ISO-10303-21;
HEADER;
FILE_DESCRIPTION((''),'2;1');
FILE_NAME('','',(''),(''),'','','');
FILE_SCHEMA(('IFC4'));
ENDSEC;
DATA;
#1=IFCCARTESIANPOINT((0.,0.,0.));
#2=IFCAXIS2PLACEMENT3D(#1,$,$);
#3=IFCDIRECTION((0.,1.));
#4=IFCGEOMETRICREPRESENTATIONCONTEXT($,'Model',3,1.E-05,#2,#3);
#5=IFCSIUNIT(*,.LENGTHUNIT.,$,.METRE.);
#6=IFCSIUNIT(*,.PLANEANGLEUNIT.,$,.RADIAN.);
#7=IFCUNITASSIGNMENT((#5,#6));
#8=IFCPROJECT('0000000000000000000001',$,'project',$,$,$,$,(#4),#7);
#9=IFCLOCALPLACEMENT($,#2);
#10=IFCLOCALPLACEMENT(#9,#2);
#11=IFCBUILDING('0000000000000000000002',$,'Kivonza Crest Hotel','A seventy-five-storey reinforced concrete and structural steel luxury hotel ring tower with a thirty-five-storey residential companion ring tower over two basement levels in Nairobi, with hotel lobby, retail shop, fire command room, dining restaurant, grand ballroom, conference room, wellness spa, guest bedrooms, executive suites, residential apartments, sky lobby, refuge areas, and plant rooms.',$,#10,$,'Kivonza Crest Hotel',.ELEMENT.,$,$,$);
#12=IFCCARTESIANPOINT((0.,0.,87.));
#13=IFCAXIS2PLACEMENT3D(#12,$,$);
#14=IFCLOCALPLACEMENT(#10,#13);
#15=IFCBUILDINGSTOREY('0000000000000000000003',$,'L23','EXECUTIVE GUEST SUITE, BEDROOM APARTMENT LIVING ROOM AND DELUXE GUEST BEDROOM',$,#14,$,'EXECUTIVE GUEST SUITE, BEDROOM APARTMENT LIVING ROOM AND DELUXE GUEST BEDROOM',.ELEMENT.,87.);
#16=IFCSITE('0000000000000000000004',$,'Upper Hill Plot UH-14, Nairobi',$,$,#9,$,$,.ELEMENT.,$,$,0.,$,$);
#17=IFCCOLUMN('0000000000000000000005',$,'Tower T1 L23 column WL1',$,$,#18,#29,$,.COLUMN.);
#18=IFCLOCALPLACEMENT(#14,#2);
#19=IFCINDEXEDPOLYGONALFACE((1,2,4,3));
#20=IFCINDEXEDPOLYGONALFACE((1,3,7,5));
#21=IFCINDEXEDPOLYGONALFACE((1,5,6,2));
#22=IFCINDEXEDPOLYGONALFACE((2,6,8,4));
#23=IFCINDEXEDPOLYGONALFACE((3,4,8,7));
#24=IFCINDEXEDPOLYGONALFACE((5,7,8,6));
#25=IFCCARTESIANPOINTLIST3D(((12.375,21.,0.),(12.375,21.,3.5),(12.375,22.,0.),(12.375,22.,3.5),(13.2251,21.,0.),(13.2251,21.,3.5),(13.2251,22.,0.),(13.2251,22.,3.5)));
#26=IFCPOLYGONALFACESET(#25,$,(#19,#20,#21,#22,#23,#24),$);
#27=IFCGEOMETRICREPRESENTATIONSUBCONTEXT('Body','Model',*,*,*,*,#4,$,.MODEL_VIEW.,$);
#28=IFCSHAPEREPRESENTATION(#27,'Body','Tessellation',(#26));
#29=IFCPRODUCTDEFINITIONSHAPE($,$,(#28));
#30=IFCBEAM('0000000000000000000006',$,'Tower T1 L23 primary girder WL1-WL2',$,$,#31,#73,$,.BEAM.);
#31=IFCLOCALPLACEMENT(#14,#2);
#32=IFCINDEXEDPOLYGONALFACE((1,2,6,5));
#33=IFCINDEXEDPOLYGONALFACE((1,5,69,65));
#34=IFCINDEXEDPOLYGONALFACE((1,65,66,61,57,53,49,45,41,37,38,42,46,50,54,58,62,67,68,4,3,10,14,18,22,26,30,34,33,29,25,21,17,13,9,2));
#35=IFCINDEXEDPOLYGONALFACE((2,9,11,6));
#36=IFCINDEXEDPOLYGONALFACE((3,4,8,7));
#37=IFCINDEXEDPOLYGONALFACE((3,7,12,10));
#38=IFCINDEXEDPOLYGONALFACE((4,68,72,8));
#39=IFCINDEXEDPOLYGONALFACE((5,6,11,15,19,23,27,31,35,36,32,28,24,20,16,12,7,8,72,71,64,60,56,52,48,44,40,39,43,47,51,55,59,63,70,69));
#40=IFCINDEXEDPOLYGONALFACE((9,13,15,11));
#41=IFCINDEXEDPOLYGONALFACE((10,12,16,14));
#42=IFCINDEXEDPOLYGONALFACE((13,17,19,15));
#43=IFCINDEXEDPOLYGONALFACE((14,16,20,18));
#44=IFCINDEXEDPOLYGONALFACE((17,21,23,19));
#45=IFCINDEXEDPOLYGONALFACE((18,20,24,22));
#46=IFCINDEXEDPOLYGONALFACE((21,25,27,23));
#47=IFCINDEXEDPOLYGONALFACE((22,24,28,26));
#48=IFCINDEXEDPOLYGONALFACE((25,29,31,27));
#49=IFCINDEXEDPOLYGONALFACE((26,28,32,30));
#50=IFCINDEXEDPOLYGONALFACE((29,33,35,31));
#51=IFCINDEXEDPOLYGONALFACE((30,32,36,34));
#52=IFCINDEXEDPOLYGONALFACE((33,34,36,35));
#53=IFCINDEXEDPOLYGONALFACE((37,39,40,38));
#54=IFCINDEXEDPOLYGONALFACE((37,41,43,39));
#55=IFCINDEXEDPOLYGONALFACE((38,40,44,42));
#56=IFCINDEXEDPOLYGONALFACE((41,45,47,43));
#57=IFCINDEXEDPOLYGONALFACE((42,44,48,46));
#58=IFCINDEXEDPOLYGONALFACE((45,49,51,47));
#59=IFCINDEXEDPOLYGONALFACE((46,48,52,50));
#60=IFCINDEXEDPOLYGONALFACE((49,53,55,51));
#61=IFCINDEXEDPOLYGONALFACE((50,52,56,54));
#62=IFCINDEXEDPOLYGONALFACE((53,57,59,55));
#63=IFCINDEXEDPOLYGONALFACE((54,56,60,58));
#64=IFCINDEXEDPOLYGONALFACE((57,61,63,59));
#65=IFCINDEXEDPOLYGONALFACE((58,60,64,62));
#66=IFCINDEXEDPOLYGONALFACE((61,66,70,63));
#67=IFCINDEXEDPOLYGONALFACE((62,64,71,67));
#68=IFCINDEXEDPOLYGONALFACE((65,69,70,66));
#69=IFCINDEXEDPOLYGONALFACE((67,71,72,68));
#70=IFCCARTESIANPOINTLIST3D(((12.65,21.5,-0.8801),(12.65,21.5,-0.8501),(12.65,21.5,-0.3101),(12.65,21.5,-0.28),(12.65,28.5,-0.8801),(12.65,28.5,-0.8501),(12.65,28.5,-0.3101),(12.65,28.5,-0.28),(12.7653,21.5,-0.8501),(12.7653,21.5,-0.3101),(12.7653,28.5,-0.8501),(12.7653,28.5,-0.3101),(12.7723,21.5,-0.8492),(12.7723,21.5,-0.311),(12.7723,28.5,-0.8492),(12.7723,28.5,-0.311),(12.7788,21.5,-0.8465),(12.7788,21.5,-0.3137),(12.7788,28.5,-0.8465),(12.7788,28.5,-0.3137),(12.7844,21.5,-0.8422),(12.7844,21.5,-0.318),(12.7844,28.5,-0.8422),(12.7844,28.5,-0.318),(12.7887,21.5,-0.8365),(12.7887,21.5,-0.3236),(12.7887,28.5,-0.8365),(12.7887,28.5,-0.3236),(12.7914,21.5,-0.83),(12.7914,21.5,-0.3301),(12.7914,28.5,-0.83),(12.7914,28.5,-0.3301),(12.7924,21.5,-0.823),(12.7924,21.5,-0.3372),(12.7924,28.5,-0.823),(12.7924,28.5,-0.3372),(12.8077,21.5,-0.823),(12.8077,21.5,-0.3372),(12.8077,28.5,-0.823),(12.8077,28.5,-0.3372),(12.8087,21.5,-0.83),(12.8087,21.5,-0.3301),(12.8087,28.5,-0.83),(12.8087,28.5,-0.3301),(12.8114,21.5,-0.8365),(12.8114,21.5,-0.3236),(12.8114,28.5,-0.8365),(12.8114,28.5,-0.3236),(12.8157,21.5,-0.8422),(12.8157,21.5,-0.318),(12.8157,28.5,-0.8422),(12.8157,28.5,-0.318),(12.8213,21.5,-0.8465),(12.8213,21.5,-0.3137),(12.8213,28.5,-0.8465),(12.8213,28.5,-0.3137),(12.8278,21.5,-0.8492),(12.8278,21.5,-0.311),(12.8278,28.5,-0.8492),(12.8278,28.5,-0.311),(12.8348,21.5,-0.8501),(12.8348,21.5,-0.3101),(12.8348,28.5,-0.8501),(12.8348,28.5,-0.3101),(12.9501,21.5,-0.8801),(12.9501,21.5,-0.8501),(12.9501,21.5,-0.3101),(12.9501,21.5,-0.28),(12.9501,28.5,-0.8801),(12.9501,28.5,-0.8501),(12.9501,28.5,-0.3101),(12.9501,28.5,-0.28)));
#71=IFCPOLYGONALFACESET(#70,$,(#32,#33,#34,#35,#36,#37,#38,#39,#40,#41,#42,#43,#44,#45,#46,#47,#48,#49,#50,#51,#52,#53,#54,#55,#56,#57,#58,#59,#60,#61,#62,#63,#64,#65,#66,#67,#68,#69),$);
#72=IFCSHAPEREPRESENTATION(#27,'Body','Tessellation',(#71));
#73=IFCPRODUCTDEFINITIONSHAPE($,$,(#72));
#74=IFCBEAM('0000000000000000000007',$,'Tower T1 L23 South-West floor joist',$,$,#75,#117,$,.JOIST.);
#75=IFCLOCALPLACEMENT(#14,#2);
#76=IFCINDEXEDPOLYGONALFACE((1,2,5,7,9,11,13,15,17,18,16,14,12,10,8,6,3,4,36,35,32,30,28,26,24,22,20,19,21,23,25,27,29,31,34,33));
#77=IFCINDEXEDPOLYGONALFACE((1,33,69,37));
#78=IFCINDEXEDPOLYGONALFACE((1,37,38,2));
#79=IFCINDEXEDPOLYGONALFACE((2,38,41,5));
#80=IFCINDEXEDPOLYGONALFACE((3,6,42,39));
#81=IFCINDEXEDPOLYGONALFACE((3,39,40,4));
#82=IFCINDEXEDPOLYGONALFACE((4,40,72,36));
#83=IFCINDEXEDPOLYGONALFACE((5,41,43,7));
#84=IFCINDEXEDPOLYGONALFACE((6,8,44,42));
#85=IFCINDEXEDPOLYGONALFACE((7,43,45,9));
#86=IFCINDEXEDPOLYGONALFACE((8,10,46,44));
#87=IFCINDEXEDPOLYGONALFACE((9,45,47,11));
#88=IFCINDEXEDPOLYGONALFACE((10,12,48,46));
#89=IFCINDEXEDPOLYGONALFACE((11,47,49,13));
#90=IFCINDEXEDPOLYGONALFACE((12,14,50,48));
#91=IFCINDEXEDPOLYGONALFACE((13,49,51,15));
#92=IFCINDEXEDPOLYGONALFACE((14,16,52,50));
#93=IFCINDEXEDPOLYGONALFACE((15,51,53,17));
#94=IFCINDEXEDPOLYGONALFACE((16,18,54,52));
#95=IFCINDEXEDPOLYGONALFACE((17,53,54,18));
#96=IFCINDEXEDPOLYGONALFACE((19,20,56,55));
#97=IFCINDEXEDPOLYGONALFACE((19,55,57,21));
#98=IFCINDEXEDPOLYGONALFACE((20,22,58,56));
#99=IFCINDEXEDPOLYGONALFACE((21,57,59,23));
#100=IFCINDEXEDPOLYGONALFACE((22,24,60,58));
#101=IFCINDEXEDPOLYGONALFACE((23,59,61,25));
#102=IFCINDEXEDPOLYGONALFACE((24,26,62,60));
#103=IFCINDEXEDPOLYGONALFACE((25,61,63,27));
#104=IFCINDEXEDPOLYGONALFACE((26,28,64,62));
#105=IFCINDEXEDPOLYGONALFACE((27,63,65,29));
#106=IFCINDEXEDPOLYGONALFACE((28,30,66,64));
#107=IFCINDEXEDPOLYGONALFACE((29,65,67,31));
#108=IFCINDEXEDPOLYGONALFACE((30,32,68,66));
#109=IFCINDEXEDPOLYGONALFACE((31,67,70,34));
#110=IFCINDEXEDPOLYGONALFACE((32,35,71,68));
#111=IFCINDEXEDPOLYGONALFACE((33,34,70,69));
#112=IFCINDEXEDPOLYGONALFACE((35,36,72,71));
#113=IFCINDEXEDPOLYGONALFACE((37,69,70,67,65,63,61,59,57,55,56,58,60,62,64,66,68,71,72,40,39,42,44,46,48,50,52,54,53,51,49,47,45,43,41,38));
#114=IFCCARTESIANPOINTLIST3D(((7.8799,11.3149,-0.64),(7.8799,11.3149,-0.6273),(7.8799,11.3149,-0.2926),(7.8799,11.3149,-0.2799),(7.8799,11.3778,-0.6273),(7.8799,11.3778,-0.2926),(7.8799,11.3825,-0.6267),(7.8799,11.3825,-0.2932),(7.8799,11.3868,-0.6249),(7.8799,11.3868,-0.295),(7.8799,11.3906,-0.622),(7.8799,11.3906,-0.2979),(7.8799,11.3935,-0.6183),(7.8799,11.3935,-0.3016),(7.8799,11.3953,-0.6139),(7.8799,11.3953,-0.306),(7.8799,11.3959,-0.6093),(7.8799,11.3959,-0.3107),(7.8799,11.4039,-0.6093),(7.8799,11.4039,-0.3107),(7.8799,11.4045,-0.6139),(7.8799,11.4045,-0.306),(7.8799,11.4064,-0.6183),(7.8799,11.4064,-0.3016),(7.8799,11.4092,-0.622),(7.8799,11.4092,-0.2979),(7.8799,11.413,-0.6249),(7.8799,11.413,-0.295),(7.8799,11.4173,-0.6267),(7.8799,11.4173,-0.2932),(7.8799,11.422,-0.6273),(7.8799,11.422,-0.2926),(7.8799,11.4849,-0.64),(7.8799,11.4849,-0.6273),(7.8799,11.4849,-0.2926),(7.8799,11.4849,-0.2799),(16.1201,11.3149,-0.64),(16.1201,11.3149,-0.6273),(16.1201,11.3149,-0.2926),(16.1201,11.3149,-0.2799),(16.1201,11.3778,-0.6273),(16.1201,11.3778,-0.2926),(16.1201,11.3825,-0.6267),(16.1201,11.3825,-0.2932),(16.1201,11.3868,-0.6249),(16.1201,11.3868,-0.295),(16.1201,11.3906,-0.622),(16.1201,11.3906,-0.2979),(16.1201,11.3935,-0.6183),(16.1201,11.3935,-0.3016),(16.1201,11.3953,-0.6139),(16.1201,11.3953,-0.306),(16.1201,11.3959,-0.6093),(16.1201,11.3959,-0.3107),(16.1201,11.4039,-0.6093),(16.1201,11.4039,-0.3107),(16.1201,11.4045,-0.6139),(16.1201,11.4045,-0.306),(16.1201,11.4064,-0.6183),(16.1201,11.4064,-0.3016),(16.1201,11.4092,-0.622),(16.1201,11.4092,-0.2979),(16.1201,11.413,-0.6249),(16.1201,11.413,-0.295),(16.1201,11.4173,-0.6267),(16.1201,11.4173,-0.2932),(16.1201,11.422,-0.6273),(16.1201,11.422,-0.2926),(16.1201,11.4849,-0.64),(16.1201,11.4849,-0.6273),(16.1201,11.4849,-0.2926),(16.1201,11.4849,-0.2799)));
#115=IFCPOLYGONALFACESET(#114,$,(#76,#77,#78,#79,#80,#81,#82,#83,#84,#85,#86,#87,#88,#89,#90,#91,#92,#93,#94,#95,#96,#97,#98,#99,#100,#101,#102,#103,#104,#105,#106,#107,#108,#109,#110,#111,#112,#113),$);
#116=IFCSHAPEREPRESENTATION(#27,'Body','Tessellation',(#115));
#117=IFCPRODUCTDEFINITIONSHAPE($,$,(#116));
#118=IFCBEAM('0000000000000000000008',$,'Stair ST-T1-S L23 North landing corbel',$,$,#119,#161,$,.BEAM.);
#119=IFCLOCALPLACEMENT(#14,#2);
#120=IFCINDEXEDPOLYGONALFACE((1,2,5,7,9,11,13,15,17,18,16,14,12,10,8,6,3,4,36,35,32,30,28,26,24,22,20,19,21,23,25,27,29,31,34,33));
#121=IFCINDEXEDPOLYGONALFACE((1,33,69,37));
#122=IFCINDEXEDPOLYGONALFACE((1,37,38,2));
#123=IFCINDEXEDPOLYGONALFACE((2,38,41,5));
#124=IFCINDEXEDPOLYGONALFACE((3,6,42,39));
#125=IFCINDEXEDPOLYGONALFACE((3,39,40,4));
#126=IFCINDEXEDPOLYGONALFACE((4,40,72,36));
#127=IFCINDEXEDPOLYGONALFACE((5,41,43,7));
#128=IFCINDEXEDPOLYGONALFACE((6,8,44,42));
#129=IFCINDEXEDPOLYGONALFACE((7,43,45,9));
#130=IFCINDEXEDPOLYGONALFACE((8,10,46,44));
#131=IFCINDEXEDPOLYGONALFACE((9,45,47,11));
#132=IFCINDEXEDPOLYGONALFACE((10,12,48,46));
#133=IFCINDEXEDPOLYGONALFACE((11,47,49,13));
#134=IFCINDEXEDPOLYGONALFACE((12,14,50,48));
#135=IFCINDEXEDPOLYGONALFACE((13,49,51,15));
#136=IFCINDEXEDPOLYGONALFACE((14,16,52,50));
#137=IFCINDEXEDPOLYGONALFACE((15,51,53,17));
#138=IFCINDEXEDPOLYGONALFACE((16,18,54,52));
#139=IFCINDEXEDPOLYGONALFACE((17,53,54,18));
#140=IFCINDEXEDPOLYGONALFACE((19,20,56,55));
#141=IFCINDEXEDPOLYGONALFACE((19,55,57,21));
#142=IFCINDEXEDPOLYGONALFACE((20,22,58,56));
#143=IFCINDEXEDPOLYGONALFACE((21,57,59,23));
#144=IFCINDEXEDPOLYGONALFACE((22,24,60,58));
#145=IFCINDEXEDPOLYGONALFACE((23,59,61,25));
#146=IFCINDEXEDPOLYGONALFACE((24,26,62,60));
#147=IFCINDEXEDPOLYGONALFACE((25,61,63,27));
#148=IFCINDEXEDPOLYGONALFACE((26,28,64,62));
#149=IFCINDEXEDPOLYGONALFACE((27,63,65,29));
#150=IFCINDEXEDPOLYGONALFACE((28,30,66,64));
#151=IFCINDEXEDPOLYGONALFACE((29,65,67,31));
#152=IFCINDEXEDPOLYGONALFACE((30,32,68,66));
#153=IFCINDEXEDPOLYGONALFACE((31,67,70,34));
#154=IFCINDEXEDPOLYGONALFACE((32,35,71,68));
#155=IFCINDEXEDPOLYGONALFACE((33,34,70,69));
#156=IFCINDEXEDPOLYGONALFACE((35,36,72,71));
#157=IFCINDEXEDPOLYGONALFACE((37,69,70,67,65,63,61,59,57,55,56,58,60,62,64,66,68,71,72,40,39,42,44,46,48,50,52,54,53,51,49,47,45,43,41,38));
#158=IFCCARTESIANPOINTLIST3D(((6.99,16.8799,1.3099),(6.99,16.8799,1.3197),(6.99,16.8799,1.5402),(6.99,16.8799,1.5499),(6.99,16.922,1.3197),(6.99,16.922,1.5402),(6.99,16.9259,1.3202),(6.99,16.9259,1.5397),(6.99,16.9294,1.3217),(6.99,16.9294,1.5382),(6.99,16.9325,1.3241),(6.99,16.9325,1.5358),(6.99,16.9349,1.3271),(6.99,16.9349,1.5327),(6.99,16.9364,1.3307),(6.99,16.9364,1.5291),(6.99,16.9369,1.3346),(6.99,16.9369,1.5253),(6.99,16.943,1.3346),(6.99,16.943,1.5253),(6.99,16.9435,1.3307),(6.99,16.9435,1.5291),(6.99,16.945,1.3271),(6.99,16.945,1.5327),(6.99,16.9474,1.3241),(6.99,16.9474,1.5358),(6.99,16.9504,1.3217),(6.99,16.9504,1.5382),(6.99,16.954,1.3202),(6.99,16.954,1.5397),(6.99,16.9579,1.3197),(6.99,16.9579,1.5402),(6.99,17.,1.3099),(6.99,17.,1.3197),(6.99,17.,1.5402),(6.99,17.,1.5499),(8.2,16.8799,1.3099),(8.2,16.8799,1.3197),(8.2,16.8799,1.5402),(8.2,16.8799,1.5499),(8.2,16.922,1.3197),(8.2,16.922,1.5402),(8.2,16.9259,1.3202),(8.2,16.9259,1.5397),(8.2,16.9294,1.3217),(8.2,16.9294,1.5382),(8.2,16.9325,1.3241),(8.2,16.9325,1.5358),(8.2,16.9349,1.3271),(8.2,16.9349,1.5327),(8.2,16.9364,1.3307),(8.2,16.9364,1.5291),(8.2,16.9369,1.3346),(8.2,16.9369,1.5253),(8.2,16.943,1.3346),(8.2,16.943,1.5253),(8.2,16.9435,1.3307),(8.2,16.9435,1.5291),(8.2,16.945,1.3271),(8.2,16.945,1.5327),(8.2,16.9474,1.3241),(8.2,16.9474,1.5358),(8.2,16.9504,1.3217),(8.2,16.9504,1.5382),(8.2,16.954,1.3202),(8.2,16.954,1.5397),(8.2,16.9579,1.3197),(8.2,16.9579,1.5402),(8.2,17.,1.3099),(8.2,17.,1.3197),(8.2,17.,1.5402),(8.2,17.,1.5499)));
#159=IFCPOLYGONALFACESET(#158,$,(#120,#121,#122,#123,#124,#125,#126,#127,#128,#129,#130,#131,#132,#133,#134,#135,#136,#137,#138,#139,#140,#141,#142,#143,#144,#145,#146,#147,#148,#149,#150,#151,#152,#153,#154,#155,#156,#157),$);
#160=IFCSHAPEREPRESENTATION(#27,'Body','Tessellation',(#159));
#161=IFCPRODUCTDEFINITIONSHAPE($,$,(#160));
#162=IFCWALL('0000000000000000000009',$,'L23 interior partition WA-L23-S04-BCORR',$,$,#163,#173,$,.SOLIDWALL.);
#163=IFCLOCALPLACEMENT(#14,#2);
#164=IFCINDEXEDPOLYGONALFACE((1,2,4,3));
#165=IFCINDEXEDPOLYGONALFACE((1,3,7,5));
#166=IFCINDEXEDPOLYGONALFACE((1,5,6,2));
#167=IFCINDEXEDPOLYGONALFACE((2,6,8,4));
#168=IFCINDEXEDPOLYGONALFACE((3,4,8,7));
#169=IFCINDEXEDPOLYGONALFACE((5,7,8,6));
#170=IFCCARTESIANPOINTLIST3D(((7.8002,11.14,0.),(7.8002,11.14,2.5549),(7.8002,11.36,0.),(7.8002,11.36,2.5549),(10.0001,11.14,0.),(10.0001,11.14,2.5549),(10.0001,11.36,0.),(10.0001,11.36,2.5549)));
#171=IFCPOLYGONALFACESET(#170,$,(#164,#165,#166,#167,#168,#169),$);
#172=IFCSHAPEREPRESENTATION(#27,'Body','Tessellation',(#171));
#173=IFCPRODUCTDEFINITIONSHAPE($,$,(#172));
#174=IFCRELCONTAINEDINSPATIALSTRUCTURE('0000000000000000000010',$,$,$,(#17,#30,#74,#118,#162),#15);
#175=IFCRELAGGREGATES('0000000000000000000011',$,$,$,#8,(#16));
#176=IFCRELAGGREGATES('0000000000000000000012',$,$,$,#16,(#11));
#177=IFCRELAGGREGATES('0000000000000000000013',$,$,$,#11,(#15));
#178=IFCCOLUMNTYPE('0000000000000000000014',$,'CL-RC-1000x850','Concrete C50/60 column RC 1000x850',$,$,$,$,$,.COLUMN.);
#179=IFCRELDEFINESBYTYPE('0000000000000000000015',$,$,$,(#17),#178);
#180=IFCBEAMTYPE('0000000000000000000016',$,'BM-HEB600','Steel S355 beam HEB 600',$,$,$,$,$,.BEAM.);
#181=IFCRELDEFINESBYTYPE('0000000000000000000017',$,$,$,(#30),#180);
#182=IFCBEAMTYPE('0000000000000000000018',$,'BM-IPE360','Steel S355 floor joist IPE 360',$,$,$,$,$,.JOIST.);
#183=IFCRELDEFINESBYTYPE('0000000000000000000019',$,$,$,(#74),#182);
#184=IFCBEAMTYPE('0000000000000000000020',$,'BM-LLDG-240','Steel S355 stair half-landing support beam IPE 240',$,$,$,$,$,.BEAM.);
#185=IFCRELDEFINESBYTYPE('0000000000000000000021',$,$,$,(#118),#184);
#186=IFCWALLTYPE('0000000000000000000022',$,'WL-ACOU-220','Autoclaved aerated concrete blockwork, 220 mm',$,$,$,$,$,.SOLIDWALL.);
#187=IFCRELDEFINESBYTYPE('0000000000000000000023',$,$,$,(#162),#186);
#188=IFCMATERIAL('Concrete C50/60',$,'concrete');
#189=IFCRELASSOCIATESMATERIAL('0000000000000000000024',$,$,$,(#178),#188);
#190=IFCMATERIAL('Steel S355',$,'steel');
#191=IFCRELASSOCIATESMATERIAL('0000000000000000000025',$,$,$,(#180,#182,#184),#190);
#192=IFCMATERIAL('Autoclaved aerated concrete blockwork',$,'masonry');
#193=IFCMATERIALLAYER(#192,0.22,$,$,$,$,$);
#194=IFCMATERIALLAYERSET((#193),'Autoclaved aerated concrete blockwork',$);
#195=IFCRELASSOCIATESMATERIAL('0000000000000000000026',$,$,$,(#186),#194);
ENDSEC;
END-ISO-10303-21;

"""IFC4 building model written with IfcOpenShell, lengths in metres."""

from ifc_helpers import new_model, si_unit, direction, frame, frame_2d, origin, origin_2d, place, context, subcontext, project, spatial, rectangle, i_section, extrude, material, layer, layer_set, material_profile, profile_set, type_object, element, save


model = new_model("IFC4")

# Units and contexts
model_context = context("Model", 3, precision=1e-05, world=origin(), true_north=direction((0.0, 1.0)))
body_context = subcontext(model_context, "Body", "Model", "MODEL_VIEW")
ifc_project = project(units=[si_unit("LENGTHUNIT", "METRE"), si_unit("PLANEANGLEUNIT", "RADIAN")], contexts=[model_context])

# Site, building, storey
site_placement = place(None, origin())
site = spatial("IfcSite", under=ifc_project, at=site_placement, Name="Upper Hill Plot UH-14, Nairobi", CompositionType="ELEMENT", RefElevation=0.0)
building_placement = place(site_placement, origin())
building = spatial("IfcBuilding", under=site, at=building_placement, Name="Kivonza Crest Hotel", Description="A seventy-five-storey reinforced concrete and structural steel luxury hotel ring tower with a thirty-five-storey residential companion ring tower over two basement levels in Nairobi, with hotel lobby, retail shop, fire command room, dining restaurant, grand ballroom, conference room, wellness spa, guest bedrooms, executive suites, residential apartments, sky lobby, refuge areas, and plant rooms.", LongName="Kivonza Crest Hotel", CompositionType="ELEMENT")
storey_placement = place(building_placement, frame((0.0, 0.0, 87.0)))
storey = spatial("IfcBuildingStorey", under=building, at=storey_placement, Name="L23", Description="EXECUTIVE GUEST SUITE, BEDROOM APARTMENT LIVING ROOM AND DELUXE GUEST BEDROOM", LongName="EXECUTIVE GUEST SUITE, BEDROOM APARTMENT LIVING ROOM AND DELUXE GUEST BEDROOM", CompositionType="ELEMENT", Elevation=87.0)

# Column
ifc_material_1 = material(Name="Concrete C50/60", Category="concrete")
ifc_material_profile_1 = material_profile(ifc_material_1, rectangle(XDim=0.8501, YDim=1.0, at=origin_2d()), Name="RC 1000x850")
ifc_profile_set_1 = profile_set([ifc_material_profile_1], Name="Concrete C50/60")
column_type = type_object("IfcColumnType", Name="CL-RC-1000x850", Description="Concrete C50/60 column RC 1000x850", PredefinedType="COLUMN", material=ifc_profile_set_1)
column_placement = place(storey_placement, frame((12.8, 21.5, 0.0), z_axis=(0.0, 0.0, 1.0), x_axis=(1.0, 0.0, 0.0)))
element("IfcColumn", 1, at=column_placement, inside=storey, type_object=column_type, Name="Tower T1 L23 column WL1", PredefinedType="COLUMN", context=body_context, shape_type="SweptSolid", body=[
    extrude(rectangle(XDim=0.8501, YDim=1.0, at=origin_2d()), origin(), (0.0, 0.0, 1.0), 3.5),
])

# Beams
ifc_material_2 = material(Name="Steel S355", Category="steel")
ifc_material_profile_2 = material_profile(ifc_material_2, i_section(OverallWidth=0.3, OverallDepth=0.6001, WebThickness=0.0154, FlangeThickness=0.03, FilletRadius=0.0271, at=origin_2d()), Name="HEB 600")
ifc_profile_set_2 = profile_set([ifc_material_profile_2], Name="Steel S355")
beam_type_1 = type_object("IfcBeamType", Name="BM-HEB600", Description="Steel S355 beam HEB 600", PredefinedType="BEAM", material=ifc_profile_set_2)
beam_1_placement = place(storey_placement, frame((12.8, 21.5, -0.5801), z_axis=(0.0, 1.0, 0.0), x_axis=(-1.0, 0.0, 0.0)))
element("IfcBeam", 2, at=beam_1_placement, inside=storey, type_object=beam_type_1, Name="Tower T1 L23 primary girder WL1-WL2", PredefinedType="BEAM", context=body_context, shape_type="SweptSolid", body=[
    extrude(i_section(OverallWidth=0.3, OverallDepth=0.6001, WebThickness=0.0154, FlangeThickness=0.03, FilletRadius=0.0271, at=origin_2d()), origin(), (0.0, 0.0, 1.0), 7.0),
])
ifc_material_profile_3 = material_profile(ifc_material_2, i_section(OverallWidth=0.1699, OverallDepth=0.3601, WebThickness=0.0081, FlangeThickness=0.0127, FilletRadius=0.0181, at=origin_2d()), Name="IPE 360")
ifc_profile_set_3 = profile_set([ifc_material_profile_3], Name="Steel S355")
beam_type_2 = type_object("IfcBeamType", Name="BM-IPE360", Description="Steel S355 floor joist IPE 360", PredefinedType="JOIST", material=ifc_profile_set_3)
beam_2_placement = place(storey_placement, frame((7.8799, 11.3999, -0.46), z_axis=(1.0, 0.0, 0.0), x_axis=(0.0, 1.0, 0.0)))
element("IfcBeam", 3, at=beam_2_placement, inside=storey, type_object=beam_type_2, Name="Tower T1 L23 South-West floor joist", PredefinedType="JOIST", context=body_context, shape_type="SweptSolid", body=[
    extrude(i_section(OverallWidth=0.1699, OverallDepth=0.3601, WebThickness=0.0081, FlangeThickness=0.0127, FilletRadius=0.0181, at=origin_2d()), origin(), (0.0, 0.0, 1.0), 8.2402),
])
ifc_material_profile_4 = material_profile(ifc_material_2, i_section(OverallWidth=0.1201, OverallDepth=0.24, WebThickness=0.0061, FlangeThickness=0.0098, FilletRadius=0.0149, at=origin_2d()), Name="IPE 240")
ifc_profile_set_4 = profile_set([ifc_material_profile_4], Name="Steel S355")
beam_type_3 = type_object("IfcBeamType", Name="BM-LLDG-240", Description="Steel S355 stair half-landing support beam IPE 240", PredefinedType="BEAM", material=ifc_profile_set_4)
beam_3_placement = place(storey_placement, frame((6.99, 16.9399, 1.4299), z_axis=(1.0, 0.0, 0.0), x_axis=(0.0, 1.0, 0.0)))
element("IfcBeam", 4, at=beam_3_placement, inside=storey, type_object=beam_type_3, Name="Stair ST-T1-S L23 North landing corbel", PredefinedType="BEAM", context=body_context, shape_type="SweptSolid", body=[
    extrude(i_section(OverallWidth=0.1201, OverallDepth=0.24, WebThickness=0.0061, FlangeThickness=0.0098, FilletRadius=0.0149, at=origin_2d()), origin(), (0.0, 0.0, 1.0), 1.21),
])

# Wall
ifc_material_3 = material(Name="Autoclaved aerated concrete blockwork", Category="masonry")
ifc_layer_1 = layer(ifc_material_3, 0.22)
ifc_layer_set_1 = layer_set([ifc_layer_1], Name="Autoclaved aerated concrete blockwork")
wall_type_1 = type_object("IfcWallType", Name="WL-ACOU-220", Description="Autoclaved aerated concrete blockwork, 220 mm", PredefinedType="SOLIDWALL", material=ifc_layer_set_1)
wall_1_placement = place(storey_placement, frame((7.8, 11.25, 0.0), z_axis=(0.0, 0.0, 1.0), x_axis=(1.0, 0.0, 0.0)))
element("IfcWall", 5, at=wall_1_placement, inside=storey, type_object=wall_type_1, Name="L23 interior partition WA-L23-S04-BCORR", PredefinedType="SOLIDWALL", context=body_context, shape_type="SweptSolid", body=[
    extrude(rectangle(XDim=2.2, YDim=0.22, at=frame_2d((1.1001, 0.0))), origin(), (0.0, 0.0, 1.0), 2.5549),
])

save(model, "model.ifc")
